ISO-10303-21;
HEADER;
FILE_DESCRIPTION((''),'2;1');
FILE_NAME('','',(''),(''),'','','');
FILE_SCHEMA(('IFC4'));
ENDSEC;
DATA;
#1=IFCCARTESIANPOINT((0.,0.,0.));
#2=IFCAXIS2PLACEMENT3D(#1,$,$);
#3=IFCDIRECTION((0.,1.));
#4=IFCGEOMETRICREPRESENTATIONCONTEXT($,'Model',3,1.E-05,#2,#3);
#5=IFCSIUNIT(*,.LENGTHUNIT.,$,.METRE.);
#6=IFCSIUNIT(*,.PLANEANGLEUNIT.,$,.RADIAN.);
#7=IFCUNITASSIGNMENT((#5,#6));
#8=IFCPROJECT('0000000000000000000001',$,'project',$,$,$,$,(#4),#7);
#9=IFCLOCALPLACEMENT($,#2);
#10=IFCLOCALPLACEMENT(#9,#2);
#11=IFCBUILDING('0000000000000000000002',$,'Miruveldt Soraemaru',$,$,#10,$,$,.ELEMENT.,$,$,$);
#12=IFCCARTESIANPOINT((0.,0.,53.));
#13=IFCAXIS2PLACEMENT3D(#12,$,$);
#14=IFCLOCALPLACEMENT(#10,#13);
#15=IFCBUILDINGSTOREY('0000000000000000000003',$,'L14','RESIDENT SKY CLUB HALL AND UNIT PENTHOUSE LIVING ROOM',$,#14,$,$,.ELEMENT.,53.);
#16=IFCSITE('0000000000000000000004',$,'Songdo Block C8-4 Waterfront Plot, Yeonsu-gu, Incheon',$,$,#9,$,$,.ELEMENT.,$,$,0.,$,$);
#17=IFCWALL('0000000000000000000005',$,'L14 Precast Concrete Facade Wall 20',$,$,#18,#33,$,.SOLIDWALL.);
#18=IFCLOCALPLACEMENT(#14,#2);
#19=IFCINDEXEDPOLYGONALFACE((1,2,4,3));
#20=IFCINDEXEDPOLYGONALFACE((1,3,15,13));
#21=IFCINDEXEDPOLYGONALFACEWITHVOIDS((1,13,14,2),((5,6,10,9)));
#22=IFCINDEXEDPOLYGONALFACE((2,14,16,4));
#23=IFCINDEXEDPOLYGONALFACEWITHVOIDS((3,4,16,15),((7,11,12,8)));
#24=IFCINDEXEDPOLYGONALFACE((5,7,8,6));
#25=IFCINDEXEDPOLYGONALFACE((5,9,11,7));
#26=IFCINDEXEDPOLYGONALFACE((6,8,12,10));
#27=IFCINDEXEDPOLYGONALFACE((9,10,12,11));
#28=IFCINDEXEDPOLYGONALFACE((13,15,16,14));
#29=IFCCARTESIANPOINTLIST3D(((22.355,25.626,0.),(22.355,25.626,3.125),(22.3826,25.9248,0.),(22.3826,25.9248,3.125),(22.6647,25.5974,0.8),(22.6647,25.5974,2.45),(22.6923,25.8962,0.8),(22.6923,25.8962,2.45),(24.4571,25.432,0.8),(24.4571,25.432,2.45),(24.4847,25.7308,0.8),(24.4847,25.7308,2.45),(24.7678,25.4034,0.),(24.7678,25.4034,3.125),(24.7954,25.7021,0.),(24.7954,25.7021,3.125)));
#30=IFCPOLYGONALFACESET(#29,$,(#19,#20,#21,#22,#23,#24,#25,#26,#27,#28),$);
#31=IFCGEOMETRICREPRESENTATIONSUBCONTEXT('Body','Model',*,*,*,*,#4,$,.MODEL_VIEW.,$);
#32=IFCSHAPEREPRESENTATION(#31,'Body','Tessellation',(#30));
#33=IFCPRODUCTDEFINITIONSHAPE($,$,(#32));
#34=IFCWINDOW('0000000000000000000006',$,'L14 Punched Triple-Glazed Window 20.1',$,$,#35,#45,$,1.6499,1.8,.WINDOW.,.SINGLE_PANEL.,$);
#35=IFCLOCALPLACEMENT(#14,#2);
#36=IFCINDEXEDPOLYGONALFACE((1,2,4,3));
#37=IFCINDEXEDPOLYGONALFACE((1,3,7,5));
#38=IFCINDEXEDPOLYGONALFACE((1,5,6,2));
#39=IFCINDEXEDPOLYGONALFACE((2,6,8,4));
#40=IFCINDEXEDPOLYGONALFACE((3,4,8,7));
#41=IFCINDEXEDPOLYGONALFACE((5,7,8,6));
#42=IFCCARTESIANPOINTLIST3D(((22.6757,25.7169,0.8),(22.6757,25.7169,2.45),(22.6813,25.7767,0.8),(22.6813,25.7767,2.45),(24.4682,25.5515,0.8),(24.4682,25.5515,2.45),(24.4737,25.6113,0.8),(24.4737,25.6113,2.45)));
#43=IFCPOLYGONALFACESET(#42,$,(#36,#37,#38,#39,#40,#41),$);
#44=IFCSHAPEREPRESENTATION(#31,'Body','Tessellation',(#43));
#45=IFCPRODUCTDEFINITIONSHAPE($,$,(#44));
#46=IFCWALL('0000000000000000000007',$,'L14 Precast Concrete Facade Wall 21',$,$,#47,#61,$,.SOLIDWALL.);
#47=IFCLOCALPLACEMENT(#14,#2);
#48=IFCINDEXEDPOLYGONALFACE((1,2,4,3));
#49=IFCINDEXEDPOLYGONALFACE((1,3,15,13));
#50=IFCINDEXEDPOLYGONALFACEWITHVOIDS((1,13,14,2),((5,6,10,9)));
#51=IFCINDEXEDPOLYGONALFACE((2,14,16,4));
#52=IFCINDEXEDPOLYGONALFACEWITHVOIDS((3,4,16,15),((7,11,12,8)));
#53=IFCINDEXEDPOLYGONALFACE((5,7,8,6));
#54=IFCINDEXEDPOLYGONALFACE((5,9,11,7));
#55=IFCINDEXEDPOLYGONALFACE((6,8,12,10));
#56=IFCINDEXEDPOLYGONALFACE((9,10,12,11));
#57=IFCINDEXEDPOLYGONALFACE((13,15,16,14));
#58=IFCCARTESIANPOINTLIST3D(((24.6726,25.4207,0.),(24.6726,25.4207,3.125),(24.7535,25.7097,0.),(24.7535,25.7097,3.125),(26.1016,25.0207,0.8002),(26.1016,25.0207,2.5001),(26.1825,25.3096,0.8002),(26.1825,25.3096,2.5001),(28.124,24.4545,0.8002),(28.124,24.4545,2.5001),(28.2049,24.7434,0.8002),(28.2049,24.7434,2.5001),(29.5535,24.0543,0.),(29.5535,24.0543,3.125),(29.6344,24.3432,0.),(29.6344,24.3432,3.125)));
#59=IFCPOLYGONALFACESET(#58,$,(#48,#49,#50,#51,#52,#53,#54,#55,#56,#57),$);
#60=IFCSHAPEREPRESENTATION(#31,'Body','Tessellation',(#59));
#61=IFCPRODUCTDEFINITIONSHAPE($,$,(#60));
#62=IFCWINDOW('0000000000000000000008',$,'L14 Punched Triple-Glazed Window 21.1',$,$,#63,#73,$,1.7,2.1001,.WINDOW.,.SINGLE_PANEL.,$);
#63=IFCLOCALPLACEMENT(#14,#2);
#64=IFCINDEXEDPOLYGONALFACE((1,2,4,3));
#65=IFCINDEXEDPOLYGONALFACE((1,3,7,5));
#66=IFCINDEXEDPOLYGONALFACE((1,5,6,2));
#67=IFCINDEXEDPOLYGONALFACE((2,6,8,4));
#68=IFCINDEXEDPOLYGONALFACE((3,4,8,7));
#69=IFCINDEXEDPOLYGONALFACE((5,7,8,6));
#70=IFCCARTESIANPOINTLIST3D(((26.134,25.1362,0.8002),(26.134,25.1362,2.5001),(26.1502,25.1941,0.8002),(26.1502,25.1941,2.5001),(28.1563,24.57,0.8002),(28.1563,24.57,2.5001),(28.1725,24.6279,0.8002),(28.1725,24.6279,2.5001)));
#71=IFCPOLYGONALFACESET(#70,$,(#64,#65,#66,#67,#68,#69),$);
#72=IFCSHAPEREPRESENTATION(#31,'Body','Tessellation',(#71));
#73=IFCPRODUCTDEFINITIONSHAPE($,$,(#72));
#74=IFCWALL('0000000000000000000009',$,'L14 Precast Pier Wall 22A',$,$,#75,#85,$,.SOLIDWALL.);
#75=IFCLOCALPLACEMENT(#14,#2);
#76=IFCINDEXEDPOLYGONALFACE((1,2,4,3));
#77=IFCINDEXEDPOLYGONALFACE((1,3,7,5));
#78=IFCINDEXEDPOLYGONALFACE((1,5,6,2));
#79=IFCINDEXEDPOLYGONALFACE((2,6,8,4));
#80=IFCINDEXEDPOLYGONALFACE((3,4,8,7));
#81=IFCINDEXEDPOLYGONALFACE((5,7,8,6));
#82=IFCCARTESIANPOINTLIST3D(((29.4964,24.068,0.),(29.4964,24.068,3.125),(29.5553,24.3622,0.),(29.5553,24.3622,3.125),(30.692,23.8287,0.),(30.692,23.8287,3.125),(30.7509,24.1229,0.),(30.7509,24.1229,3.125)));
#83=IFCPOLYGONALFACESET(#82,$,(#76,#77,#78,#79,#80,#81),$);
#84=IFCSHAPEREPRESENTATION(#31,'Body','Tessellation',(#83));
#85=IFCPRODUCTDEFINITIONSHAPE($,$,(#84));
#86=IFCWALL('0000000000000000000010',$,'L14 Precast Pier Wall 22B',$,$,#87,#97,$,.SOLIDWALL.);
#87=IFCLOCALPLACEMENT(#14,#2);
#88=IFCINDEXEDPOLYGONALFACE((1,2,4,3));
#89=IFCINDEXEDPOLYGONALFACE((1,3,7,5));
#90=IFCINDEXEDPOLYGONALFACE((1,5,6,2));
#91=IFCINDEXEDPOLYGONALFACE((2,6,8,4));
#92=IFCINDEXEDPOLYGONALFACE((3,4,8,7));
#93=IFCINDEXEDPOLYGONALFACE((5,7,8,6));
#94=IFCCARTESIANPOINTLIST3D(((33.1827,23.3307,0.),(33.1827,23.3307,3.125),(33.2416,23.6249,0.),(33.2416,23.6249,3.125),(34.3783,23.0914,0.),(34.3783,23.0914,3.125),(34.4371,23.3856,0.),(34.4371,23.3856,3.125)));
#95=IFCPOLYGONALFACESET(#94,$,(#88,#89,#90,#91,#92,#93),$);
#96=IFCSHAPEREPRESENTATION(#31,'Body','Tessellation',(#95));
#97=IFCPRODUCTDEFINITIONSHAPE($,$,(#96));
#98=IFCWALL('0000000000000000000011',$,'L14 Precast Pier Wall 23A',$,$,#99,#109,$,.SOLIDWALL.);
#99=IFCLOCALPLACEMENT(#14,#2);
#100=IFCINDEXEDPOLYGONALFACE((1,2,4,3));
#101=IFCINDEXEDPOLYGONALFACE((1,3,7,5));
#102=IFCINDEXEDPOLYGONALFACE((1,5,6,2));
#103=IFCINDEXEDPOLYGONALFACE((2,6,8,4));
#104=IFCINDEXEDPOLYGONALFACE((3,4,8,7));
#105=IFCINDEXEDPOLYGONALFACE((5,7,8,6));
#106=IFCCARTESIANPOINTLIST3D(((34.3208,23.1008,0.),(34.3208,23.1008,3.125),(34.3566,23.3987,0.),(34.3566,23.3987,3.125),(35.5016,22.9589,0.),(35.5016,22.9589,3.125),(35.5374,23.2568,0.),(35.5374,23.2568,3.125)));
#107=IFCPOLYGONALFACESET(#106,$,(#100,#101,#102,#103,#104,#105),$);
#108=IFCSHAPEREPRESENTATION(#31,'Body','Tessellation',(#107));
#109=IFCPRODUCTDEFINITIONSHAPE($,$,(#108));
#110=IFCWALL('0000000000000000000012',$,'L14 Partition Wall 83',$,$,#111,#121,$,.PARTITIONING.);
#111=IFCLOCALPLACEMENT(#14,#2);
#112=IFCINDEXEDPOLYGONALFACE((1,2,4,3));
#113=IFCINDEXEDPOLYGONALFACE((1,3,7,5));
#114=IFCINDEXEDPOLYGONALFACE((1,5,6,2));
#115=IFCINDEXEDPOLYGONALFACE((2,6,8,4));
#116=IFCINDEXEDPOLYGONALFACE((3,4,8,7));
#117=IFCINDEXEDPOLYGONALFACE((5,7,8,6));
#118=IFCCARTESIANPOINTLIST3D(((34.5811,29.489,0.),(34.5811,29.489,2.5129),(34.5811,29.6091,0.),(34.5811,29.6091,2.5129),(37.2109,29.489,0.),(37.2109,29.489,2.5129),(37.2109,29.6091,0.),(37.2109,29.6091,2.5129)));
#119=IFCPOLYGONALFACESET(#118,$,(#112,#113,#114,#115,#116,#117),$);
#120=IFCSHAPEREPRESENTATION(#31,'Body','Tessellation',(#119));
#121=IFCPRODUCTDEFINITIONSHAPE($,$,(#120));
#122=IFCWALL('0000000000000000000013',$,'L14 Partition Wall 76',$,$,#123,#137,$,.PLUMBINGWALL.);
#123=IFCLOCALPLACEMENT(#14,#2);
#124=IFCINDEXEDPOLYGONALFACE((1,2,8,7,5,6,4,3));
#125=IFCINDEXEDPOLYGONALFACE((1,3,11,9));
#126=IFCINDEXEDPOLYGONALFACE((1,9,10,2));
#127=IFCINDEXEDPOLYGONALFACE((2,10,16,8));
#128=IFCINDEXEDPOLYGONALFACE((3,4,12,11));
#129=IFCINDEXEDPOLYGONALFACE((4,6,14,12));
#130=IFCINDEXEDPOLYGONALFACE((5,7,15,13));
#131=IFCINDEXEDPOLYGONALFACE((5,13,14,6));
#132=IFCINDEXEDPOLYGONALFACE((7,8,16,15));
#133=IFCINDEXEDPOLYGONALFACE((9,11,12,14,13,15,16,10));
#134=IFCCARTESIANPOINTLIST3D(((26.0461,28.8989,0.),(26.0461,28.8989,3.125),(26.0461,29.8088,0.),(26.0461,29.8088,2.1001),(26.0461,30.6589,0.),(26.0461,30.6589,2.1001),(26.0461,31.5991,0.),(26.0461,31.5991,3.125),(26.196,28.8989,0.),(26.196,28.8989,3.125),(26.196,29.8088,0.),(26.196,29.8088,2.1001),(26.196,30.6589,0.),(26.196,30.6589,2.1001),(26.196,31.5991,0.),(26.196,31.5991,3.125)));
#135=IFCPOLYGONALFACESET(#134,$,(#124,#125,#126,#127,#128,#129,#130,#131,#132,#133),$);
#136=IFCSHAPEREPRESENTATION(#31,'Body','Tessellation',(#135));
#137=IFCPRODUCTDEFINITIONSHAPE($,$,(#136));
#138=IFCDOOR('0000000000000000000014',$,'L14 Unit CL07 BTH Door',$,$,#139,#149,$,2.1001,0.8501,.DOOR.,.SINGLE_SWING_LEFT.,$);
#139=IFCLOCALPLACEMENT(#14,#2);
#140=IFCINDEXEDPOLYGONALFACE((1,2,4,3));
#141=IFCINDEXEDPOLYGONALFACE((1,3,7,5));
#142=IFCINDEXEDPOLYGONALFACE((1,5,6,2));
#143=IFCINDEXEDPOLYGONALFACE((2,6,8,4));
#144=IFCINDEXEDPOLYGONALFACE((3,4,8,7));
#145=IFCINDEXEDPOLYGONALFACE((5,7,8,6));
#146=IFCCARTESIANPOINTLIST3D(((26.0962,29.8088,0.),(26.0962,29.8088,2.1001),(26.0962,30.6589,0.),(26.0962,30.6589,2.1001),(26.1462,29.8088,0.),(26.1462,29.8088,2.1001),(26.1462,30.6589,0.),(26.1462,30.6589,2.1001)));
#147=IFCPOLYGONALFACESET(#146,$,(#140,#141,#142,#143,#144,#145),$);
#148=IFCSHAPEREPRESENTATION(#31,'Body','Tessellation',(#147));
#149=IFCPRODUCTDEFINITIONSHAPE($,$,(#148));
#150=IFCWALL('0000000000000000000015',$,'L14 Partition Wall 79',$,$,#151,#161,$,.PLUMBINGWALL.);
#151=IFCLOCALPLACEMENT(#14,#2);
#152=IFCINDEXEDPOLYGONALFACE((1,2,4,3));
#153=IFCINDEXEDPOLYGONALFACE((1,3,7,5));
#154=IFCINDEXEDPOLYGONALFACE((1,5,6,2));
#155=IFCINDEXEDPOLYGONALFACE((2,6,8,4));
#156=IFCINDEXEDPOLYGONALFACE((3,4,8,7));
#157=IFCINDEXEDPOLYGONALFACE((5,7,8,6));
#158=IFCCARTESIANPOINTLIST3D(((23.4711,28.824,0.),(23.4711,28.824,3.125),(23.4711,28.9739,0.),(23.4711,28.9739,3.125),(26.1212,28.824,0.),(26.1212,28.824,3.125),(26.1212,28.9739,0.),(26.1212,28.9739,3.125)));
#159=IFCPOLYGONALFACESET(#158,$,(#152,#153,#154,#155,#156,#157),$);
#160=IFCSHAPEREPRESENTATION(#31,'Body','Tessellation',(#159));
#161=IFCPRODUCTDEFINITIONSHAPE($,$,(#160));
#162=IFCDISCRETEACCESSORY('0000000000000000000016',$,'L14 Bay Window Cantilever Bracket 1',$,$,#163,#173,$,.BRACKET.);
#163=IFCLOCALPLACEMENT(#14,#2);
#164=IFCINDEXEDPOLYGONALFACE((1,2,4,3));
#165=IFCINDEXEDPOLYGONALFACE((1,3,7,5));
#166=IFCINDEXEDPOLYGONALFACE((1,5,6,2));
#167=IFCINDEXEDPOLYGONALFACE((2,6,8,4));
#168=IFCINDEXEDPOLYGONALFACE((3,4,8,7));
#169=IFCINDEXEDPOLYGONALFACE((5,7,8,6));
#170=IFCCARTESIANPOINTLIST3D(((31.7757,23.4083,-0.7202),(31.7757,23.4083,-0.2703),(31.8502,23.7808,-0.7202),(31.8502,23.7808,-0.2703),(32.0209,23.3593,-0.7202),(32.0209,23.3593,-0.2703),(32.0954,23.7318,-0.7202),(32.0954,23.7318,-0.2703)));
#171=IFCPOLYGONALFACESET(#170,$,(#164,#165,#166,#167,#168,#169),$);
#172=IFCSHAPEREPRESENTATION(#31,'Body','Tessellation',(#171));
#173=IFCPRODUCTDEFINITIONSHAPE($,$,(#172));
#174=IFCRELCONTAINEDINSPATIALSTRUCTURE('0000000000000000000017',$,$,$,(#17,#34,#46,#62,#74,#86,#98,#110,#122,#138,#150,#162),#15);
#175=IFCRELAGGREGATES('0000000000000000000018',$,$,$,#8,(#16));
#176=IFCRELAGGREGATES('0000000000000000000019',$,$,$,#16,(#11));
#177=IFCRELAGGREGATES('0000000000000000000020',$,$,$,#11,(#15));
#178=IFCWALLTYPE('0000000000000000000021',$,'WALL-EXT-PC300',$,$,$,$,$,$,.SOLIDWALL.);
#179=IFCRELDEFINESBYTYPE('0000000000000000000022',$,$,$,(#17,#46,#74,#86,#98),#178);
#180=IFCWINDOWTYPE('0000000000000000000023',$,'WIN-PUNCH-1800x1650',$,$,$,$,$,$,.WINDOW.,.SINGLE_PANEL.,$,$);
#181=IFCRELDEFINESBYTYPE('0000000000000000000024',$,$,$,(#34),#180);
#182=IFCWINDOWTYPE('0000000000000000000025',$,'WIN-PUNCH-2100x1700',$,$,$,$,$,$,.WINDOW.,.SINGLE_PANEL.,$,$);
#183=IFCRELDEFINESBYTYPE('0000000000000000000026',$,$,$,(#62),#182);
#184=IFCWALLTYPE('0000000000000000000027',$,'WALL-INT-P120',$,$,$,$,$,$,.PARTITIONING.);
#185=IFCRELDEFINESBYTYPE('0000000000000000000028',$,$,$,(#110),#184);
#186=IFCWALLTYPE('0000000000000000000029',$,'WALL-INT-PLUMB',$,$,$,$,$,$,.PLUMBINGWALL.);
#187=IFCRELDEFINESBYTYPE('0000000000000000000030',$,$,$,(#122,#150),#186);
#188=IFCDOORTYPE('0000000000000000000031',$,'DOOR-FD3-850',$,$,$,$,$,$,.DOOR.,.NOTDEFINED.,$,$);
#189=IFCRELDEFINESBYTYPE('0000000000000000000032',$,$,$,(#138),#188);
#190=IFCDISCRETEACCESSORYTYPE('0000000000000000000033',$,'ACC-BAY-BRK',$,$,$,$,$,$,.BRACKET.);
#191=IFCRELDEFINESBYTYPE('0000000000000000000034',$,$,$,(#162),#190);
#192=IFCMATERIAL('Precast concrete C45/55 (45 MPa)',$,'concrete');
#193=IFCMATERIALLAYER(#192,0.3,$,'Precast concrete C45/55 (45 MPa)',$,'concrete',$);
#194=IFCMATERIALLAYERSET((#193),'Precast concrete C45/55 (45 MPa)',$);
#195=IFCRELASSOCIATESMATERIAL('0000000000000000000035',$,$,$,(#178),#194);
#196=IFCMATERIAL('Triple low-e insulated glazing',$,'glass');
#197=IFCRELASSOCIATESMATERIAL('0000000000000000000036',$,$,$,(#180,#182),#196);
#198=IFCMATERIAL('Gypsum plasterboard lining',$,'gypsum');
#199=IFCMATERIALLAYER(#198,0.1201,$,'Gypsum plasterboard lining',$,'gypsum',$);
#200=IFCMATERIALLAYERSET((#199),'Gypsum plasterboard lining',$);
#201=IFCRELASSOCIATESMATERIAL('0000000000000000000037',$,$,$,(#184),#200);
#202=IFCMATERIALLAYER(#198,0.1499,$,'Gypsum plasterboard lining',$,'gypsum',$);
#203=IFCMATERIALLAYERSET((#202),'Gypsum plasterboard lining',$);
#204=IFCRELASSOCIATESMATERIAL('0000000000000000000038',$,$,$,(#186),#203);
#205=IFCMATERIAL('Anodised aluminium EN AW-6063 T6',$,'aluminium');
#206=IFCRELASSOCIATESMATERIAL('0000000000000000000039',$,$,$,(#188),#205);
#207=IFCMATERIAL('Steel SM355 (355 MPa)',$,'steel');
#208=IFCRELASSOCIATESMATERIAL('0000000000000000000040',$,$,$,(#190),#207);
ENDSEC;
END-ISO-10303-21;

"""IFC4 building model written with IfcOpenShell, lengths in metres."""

from ifc_helpers import new_model, si_unit, direction, frame, frame_2d, origin, origin_2d, place, context, subcontext, project, spatial, rectangle, extrude, material, layer, layer_set, type_object, element, fill, save


model = new_model("IFC4")

# Units and contexts
model_context = context("Model", 3, precision=1e-05, world=origin(), true_north=direction((0.0, 1.0)))
body_context = subcontext(model_context, "Body", "Model", "MODEL_VIEW")
ifc_project = project(units=[si_unit("LENGTHUNIT", "METRE"), si_unit("PLANEANGLEUNIT", "RADIAN")], contexts=[model_context])

# Site, building, storey
site_placement = place(None, origin())
site = spatial("IfcSite", under=ifc_project, at=site_placement, Name="Songdo Block C8-4 Waterfront Plot, Yeonsu-gu, Incheon", CompositionType="ELEMENT", RefElevation=0.0)
building_placement = place(site_placement, origin())
building = spatial("IfcBuilding", under=site, at=building_placement, Name="Miruveldt Soraemaru", CompositionType="ELEMENT")
storey_placement = place(building_placement, frame((0.0, 0.0, 53.0)))
storey = spatial("IfcBuildingStorey", under=building, at=storey_placement, Name="L14", Description="RESIDENT SKY CLUB HALL AND UNIT PENTHOUSE LIVING ROOM", CompositionType="ELEMENT", Elevation=53.0)

# Shared definitions
ifc_material_1 = material(Name="Precast concrete C45/55 (45 MPa)", Category="concrete")

# Walls, openings, windows
ifc_material_2 = material(Name="Triple low-e insulated glazing", Category="glass")
ifc_layer_1 = layer(ifc_material_1, 0.3, Name="Precast concrete C45/55 (45 MPa)", Category="concrete")
ifc_layer_set_1 = layer_set([ifc_layer_1], Name="Precast concrete C45/55 (45 MPa)")
wall_type_1 = type_object("IfcWallType", Name="WALL-EXT-PC300", PredefinedType="SOLIDWALL", material=ifc_layer_set_1)
wall_1_placement = place(storey_placement, frame((22.3689, 25.7754, 0.0), z_axis=(0.0, 0.0, 1.0), x_axis=(0.995769, -0.091889, 0.0)))
wall_1 = element("IfcWall", 1, at=wall_1_placement, inside=storey, type_object=wall_type_1, Name="L14 Precast Concrete Facade Wall 20", PredefinedType="SOLIDWALL", context=body_context, shape_type="SweptSolid", body=[
    extrude(rectangle(XDim=2.4231, YDim=0.3, at=frame_2d((1.2114, 0.0))), origin(), (0.0, 0.0, 1.0), 3.125),
])
opening_1_placement = place(wall_1_placement, frame((0.311, 0.0, 0.8)))
opening_1 = element("IfcOpeningElement", 2, at=opening_1_placement, cuts=wall_1, PredefinedType="OPENING", context=body_context, shape_type="SweptSolid", body=[
    extrude(rectangle(XDim=1.8, YDim=1.6499, at=frame_2d((0.8999, 0.825))), frame((0.0, 0.1602, 0.0), z_axis=(0.0, -1.0, 0.0), x_axis=(1.0, 0.0, 0.0)), (0.0, 0.0, 1.0), 0.3201),
])
window_type_1 = type_object("IfcWindowType", Name="WIN-PUNCH-1800x1650", PartitioningType="SINGLE_PANEL", PredefinedType="WINDOW", material=ifc_material_2)
window_1_placement = place(opening_1_placement, origin())
window_1 = element("IfcWindow", 3, at=window_1_placement, inside=storey, type_object=window_type_1, Name="L14 Punched Triple-Glazed Window 20.1", OverallHeight=1.6499, OverallWidth=1.8, PartitioningType="SINGLE_PANEL", PredefinedType="WINDOW", context=body_context, shape_type="SweptSolid", body=[
    extrude(rectangle(XDim=1.8, YDim=1.6499, at=frame_2d((0.8999, 0.825))), frame((0.0, 0.03, 0.0), z_axis=(0.0, -1.0, 0.0), x_axis=(1.0, 0.0, 0.0)), (0.0, 0.0, 1.0), 0.0601),
])
fill(opening_1, window_1)
wall_2_placement = place(storey_placement, frame((24.7131, 25.5652, 0.0), z_axis=(0.0, 0.0, 1.0), x_axis=(0.962974, -0.269596, 0.0)))
wall_2 = element("IfcWall", 4, at=wall_2_placement, inside=storey, type_object=wall_type_1, Name="L14 Precast Concrete Facade Wall 21", PredefinedType="SOLIDWALL", context=body_context, shape_type="SweptSolid", body=[
    extrude(rectangle(XDim=5.0686, YDim=0.3, at=frame_2d((2.5342, 0.0))), origin(), (0.0, 0.0, 1.0), 3.125),
])
opening_2_placement = place(wall_2_placement, frame((1.4839, 0.0, 0.8)))
opening_2 = element("IfcOpeningElement", 5, at=opening_2_placement, cuts=wall_2, PredefinedType="OPENING", context=body_context, shape_type="SweptSolid", body=[
    extrude(rectangle(XDim=2.1001, YDim=1.7, at=frame_2d((1.05, 0.8501))), frame((0.0, 0.1602, 0.0), z_axis=(0.0, -1.0, 0.0), x_axis=(1.0, 0.0, 0.0)), (0.0, 0.0, 1.0), 0.3201),
])
window_type_2 = type_object("IfcWindowType", Name="WIN-PUNCH-2100x1700", PartitioningType="SINGLE_PANEL", PredefinedType="WINDOW", material=ifc_material_2)
window_2_placement = place(opening_2_placement, origin())
window_2 = element("IfcWindow", 6, at=window_2_placement, inside=storey, type_object=window_type_2, Name="L14 Punched Triple-Glazed Window 21.1", OverallHeight=1.7, OverallWidth=2.1001, PartitioningType="SINGLE_PANEL", PredefinedType="WINDOW", context=body_context, shape_type="SweptSolid", body=[
    extrude(rectangle(XDim=2.1001, YDim=1.7, at=frame_2d((1.05, 0.8501))), frame((0.0, 0.03, 0.0), z_axis=(0.0, -1.0, 0.0), x_axis=(1.0, 0.0, 0.0)), (0.0, 0.0, 1.0), 0.0601),
])
fill(opening_2, window_2)

# Walls
for number, where, z_axis, x_axis, name in (
    (7, (29.5259, 24.2151, 0.0), (0.0, 0.0, 1.0), (0.980558, -0.196232, 0.0), "L14 Precast Pier Wall 22A"),
    (8, (33.2122, 23.4778, 0.0), (0.0, 0.0, 1.0), (0.980558, -0.196232, 0.0), "L14 Precast Pier Wall 22B"),
):
    element("IfcWall", number, at=place(storey_placement, frame(where, z_axis=z_axis, x_axis=x_axis)), inside=storey, type_object=wall_type_1, Name=name, PredefinedType="SOLIDWALL", context=body_context, shape_type="SweptSolid", body=[
        extrude(rectangle(XDim=1.2192, YDim=0.3, at=frame_2d((0.6096, 0.0))), origin(), (0.0, 0.0, 1.0), 3.125),
    ])
wall_3_placement = place(storey_placement, frame((34.3386, 23.2498, 0.0), z_axis=(0.0, 0.0, 1.0), x_axis=(0.99286, -0.119283, 0.0)))
element("IfcWall", 9, at=wall_3_placement, inside=storey, type_object=wall_type_1, Name="L14 Precast Pier Wall 23A", PredefinedType="SOLIDWALL", context=body_context, shape_type="SweptSolid", body=[
    extrude(rectangle(XDim=1.1892, YDim=0.3, at=frame_2d((0.5947, 0.0))), origin(), (0.0, 0.0, 1.0), 3.125),
])
ifc_material_3 = material(Name="Gypsum plasterboard lining", Category="gypsum")
ifc_layer_2 = layer(ifc_material_3, 0.1201, Name="Gypsum plasterboard lining", Category="gypsum")
ifc_layer_set_2 = layer_set([ifc_layer_2], Name="Gypsum plasterboard lining")
wall_type_2 = type_object("IfcWallType", Name="WALL-INT-P120", PredefinedType="PARTITIONING", material=ifc_layer_set_2)
wall_4_placement = place(storey_placement, frame((34.5811, 29.5491, 0.0), z_axis=(0.0, 0.0, 1.0), x_axis=(1.0, 0.0, 0.0)))
element("IfcWall", 10, at=wall_4_placement, inside=storey, type_object=wall_type_2, Name="L14 Partition Wall 83", PredefinedType="PARTITIONING", context=body_context, shape_type="SweptSolid", body=[
    extrude(rectangle(XDim=2.6299, YDim=0.1201, at=frame_2d((1.3149, 0.0))), origin(), (0.0, 0.0, 1.0), 2.5129),
])

# Wall, opening, door
ifc_layer_3 = layer(ifc_material_3, 0.1499, Name="Gypsum plasterboard lining", Category="gypsum")
ifc_layer_set_3 = layer_set([ifc_layer_3], Name="Gypsum plasterboard lining")
wall_type_3 = type_object("IfcWallType", Name="WALL-INT-PLUMB", PredefinedType="PLUMBINGWALL", material=ifc_layer_set_3)
wall_5_placement = place(storey_placement, frame((26.1211, 28.8989, 0.0), z_axis=(0.0, 0.0, 1.0), x_axis=(0.0, 1.0, 0.0)))
wall_5 = element("IfcWall", 11, at=wall_5_placement, inside=storey, type_object=wall_type_3, Name="L14 Partition Wall 76", PredefinedType="PLUMBINGWALL", context=body_context, shape_type="SweptSolid", body=[
    extrude(rectangle(XDim=2.7002, YDim=0.1499, at=frame_2d((1.3501, 0.0))), origin(), (0.0, 0.0, 1.0), 3.125),
])
opening_3_placement = place(wall_5_placement, frame((0.9099, 0.0, 0.0)))
opening_3 = element("IfcOpeningElement", 12, at=opening_3_placement, cuts=wall_5, PredefinedType="OPENING", context=body_context, shape_type="SweptSolid", body=[
    extrude(rectangle(XDim=0.8501, YDim=2.1001, at=frame_2d((0.425, 1.05))), frame((0.0, 0.085, 0.0), z_axis=(0.0, -1.0, 0.0), x_axis=(1.0, 0.0, 0.0)), (0.0, 0.0, 1.0), 0.1699),
])
ifc_material_4 = material(Name="Anodised aluminium EN AW-6063 T6", Category="aluminium")
door_type = type_object("IfcDoorType", Name="DOOR-FD3-850", OperationType="NOTDEFINED", PredefinedType="DOOR", material=ifc_material_4)
door_placement = place(opening_3_placement, origin())
door = element("IfcDoor", 13, at=door_placement, inside=storey, type_object=door_type, Name="L14 Unit CL07 BTH Door", OperationType="SINGLE_SWING_LEFT", OverallHeight=2.1001, OverallWidth=0.8501, PredefinedType="DOOR", context=body_context, shape_type="SweptSolid", body=[
    extrude(rectangle(XDim=0.8501, YDim=2.1001, at=frame_2d((0.425, 1.05))), frame((0.0, 0.0249, 0.0), z_axis=(0.0, -1.0, 0.0), x_axis=(1.0, 0.0, 0.0)), (0.0, 0.0, 1.0), 0.05),
])
fill(opening_3, door)

# Wall
wall_6_placement = place(storey_placement, frame((23.4709, 28.8989, 0.0), z_axis=(0.0, 0.0, 1.0), x_axis=(1.0, 0.0, 0.0)))
element("IfcWall", 14, at=wall_6_placement, inside=storey, type_object=wall_type_3, Name="L14 Partition Wall 79", PredefinedType="PLUMBINGWALL", context=body_context, shape_type="SweptSolid", body=[
    extrude(rectangle(XDim=2.6501, YDim=0.1499, at=frame_2d((1.3252, 0.0))), origin(), (0.0, 0.0, 1.0), 3.125),
])

# Discrete accessory
ifc_material_5 = material(Name="Steel SM355 (355 MPa)", Category="steel")
discrete_accessory_type = type_object("IfcDiscreteAccessoryType", Name="ACC-BAY-BRK", PredefinedType="BRACKET", material=ifc_material_5)
discrete_accessory_placement = place(storey_placement, frame((31.9355, 23.5701, -0.7202), z_axis=(0.0, 0.0, 1.0), x_axis=(-0.196117, -0.98058, 0.0)))
element("IfcDiscreteAccessory", 15, at=discrete_accessory_placement, inside=storey, type_object=discrete_accessory_type, Name="L14 Bay Window Cantilever Bracket 1", PredefinedType="BRACKET", context=body_context, shape_type="SweptSolid", body=[
    extrude(rectangle(XDim=0.3799, YDim=0.25, at=origin_2d()), origin(), (0.0, 0.0, 1.0), 0.45),
])

save(model, "model.ifc")
